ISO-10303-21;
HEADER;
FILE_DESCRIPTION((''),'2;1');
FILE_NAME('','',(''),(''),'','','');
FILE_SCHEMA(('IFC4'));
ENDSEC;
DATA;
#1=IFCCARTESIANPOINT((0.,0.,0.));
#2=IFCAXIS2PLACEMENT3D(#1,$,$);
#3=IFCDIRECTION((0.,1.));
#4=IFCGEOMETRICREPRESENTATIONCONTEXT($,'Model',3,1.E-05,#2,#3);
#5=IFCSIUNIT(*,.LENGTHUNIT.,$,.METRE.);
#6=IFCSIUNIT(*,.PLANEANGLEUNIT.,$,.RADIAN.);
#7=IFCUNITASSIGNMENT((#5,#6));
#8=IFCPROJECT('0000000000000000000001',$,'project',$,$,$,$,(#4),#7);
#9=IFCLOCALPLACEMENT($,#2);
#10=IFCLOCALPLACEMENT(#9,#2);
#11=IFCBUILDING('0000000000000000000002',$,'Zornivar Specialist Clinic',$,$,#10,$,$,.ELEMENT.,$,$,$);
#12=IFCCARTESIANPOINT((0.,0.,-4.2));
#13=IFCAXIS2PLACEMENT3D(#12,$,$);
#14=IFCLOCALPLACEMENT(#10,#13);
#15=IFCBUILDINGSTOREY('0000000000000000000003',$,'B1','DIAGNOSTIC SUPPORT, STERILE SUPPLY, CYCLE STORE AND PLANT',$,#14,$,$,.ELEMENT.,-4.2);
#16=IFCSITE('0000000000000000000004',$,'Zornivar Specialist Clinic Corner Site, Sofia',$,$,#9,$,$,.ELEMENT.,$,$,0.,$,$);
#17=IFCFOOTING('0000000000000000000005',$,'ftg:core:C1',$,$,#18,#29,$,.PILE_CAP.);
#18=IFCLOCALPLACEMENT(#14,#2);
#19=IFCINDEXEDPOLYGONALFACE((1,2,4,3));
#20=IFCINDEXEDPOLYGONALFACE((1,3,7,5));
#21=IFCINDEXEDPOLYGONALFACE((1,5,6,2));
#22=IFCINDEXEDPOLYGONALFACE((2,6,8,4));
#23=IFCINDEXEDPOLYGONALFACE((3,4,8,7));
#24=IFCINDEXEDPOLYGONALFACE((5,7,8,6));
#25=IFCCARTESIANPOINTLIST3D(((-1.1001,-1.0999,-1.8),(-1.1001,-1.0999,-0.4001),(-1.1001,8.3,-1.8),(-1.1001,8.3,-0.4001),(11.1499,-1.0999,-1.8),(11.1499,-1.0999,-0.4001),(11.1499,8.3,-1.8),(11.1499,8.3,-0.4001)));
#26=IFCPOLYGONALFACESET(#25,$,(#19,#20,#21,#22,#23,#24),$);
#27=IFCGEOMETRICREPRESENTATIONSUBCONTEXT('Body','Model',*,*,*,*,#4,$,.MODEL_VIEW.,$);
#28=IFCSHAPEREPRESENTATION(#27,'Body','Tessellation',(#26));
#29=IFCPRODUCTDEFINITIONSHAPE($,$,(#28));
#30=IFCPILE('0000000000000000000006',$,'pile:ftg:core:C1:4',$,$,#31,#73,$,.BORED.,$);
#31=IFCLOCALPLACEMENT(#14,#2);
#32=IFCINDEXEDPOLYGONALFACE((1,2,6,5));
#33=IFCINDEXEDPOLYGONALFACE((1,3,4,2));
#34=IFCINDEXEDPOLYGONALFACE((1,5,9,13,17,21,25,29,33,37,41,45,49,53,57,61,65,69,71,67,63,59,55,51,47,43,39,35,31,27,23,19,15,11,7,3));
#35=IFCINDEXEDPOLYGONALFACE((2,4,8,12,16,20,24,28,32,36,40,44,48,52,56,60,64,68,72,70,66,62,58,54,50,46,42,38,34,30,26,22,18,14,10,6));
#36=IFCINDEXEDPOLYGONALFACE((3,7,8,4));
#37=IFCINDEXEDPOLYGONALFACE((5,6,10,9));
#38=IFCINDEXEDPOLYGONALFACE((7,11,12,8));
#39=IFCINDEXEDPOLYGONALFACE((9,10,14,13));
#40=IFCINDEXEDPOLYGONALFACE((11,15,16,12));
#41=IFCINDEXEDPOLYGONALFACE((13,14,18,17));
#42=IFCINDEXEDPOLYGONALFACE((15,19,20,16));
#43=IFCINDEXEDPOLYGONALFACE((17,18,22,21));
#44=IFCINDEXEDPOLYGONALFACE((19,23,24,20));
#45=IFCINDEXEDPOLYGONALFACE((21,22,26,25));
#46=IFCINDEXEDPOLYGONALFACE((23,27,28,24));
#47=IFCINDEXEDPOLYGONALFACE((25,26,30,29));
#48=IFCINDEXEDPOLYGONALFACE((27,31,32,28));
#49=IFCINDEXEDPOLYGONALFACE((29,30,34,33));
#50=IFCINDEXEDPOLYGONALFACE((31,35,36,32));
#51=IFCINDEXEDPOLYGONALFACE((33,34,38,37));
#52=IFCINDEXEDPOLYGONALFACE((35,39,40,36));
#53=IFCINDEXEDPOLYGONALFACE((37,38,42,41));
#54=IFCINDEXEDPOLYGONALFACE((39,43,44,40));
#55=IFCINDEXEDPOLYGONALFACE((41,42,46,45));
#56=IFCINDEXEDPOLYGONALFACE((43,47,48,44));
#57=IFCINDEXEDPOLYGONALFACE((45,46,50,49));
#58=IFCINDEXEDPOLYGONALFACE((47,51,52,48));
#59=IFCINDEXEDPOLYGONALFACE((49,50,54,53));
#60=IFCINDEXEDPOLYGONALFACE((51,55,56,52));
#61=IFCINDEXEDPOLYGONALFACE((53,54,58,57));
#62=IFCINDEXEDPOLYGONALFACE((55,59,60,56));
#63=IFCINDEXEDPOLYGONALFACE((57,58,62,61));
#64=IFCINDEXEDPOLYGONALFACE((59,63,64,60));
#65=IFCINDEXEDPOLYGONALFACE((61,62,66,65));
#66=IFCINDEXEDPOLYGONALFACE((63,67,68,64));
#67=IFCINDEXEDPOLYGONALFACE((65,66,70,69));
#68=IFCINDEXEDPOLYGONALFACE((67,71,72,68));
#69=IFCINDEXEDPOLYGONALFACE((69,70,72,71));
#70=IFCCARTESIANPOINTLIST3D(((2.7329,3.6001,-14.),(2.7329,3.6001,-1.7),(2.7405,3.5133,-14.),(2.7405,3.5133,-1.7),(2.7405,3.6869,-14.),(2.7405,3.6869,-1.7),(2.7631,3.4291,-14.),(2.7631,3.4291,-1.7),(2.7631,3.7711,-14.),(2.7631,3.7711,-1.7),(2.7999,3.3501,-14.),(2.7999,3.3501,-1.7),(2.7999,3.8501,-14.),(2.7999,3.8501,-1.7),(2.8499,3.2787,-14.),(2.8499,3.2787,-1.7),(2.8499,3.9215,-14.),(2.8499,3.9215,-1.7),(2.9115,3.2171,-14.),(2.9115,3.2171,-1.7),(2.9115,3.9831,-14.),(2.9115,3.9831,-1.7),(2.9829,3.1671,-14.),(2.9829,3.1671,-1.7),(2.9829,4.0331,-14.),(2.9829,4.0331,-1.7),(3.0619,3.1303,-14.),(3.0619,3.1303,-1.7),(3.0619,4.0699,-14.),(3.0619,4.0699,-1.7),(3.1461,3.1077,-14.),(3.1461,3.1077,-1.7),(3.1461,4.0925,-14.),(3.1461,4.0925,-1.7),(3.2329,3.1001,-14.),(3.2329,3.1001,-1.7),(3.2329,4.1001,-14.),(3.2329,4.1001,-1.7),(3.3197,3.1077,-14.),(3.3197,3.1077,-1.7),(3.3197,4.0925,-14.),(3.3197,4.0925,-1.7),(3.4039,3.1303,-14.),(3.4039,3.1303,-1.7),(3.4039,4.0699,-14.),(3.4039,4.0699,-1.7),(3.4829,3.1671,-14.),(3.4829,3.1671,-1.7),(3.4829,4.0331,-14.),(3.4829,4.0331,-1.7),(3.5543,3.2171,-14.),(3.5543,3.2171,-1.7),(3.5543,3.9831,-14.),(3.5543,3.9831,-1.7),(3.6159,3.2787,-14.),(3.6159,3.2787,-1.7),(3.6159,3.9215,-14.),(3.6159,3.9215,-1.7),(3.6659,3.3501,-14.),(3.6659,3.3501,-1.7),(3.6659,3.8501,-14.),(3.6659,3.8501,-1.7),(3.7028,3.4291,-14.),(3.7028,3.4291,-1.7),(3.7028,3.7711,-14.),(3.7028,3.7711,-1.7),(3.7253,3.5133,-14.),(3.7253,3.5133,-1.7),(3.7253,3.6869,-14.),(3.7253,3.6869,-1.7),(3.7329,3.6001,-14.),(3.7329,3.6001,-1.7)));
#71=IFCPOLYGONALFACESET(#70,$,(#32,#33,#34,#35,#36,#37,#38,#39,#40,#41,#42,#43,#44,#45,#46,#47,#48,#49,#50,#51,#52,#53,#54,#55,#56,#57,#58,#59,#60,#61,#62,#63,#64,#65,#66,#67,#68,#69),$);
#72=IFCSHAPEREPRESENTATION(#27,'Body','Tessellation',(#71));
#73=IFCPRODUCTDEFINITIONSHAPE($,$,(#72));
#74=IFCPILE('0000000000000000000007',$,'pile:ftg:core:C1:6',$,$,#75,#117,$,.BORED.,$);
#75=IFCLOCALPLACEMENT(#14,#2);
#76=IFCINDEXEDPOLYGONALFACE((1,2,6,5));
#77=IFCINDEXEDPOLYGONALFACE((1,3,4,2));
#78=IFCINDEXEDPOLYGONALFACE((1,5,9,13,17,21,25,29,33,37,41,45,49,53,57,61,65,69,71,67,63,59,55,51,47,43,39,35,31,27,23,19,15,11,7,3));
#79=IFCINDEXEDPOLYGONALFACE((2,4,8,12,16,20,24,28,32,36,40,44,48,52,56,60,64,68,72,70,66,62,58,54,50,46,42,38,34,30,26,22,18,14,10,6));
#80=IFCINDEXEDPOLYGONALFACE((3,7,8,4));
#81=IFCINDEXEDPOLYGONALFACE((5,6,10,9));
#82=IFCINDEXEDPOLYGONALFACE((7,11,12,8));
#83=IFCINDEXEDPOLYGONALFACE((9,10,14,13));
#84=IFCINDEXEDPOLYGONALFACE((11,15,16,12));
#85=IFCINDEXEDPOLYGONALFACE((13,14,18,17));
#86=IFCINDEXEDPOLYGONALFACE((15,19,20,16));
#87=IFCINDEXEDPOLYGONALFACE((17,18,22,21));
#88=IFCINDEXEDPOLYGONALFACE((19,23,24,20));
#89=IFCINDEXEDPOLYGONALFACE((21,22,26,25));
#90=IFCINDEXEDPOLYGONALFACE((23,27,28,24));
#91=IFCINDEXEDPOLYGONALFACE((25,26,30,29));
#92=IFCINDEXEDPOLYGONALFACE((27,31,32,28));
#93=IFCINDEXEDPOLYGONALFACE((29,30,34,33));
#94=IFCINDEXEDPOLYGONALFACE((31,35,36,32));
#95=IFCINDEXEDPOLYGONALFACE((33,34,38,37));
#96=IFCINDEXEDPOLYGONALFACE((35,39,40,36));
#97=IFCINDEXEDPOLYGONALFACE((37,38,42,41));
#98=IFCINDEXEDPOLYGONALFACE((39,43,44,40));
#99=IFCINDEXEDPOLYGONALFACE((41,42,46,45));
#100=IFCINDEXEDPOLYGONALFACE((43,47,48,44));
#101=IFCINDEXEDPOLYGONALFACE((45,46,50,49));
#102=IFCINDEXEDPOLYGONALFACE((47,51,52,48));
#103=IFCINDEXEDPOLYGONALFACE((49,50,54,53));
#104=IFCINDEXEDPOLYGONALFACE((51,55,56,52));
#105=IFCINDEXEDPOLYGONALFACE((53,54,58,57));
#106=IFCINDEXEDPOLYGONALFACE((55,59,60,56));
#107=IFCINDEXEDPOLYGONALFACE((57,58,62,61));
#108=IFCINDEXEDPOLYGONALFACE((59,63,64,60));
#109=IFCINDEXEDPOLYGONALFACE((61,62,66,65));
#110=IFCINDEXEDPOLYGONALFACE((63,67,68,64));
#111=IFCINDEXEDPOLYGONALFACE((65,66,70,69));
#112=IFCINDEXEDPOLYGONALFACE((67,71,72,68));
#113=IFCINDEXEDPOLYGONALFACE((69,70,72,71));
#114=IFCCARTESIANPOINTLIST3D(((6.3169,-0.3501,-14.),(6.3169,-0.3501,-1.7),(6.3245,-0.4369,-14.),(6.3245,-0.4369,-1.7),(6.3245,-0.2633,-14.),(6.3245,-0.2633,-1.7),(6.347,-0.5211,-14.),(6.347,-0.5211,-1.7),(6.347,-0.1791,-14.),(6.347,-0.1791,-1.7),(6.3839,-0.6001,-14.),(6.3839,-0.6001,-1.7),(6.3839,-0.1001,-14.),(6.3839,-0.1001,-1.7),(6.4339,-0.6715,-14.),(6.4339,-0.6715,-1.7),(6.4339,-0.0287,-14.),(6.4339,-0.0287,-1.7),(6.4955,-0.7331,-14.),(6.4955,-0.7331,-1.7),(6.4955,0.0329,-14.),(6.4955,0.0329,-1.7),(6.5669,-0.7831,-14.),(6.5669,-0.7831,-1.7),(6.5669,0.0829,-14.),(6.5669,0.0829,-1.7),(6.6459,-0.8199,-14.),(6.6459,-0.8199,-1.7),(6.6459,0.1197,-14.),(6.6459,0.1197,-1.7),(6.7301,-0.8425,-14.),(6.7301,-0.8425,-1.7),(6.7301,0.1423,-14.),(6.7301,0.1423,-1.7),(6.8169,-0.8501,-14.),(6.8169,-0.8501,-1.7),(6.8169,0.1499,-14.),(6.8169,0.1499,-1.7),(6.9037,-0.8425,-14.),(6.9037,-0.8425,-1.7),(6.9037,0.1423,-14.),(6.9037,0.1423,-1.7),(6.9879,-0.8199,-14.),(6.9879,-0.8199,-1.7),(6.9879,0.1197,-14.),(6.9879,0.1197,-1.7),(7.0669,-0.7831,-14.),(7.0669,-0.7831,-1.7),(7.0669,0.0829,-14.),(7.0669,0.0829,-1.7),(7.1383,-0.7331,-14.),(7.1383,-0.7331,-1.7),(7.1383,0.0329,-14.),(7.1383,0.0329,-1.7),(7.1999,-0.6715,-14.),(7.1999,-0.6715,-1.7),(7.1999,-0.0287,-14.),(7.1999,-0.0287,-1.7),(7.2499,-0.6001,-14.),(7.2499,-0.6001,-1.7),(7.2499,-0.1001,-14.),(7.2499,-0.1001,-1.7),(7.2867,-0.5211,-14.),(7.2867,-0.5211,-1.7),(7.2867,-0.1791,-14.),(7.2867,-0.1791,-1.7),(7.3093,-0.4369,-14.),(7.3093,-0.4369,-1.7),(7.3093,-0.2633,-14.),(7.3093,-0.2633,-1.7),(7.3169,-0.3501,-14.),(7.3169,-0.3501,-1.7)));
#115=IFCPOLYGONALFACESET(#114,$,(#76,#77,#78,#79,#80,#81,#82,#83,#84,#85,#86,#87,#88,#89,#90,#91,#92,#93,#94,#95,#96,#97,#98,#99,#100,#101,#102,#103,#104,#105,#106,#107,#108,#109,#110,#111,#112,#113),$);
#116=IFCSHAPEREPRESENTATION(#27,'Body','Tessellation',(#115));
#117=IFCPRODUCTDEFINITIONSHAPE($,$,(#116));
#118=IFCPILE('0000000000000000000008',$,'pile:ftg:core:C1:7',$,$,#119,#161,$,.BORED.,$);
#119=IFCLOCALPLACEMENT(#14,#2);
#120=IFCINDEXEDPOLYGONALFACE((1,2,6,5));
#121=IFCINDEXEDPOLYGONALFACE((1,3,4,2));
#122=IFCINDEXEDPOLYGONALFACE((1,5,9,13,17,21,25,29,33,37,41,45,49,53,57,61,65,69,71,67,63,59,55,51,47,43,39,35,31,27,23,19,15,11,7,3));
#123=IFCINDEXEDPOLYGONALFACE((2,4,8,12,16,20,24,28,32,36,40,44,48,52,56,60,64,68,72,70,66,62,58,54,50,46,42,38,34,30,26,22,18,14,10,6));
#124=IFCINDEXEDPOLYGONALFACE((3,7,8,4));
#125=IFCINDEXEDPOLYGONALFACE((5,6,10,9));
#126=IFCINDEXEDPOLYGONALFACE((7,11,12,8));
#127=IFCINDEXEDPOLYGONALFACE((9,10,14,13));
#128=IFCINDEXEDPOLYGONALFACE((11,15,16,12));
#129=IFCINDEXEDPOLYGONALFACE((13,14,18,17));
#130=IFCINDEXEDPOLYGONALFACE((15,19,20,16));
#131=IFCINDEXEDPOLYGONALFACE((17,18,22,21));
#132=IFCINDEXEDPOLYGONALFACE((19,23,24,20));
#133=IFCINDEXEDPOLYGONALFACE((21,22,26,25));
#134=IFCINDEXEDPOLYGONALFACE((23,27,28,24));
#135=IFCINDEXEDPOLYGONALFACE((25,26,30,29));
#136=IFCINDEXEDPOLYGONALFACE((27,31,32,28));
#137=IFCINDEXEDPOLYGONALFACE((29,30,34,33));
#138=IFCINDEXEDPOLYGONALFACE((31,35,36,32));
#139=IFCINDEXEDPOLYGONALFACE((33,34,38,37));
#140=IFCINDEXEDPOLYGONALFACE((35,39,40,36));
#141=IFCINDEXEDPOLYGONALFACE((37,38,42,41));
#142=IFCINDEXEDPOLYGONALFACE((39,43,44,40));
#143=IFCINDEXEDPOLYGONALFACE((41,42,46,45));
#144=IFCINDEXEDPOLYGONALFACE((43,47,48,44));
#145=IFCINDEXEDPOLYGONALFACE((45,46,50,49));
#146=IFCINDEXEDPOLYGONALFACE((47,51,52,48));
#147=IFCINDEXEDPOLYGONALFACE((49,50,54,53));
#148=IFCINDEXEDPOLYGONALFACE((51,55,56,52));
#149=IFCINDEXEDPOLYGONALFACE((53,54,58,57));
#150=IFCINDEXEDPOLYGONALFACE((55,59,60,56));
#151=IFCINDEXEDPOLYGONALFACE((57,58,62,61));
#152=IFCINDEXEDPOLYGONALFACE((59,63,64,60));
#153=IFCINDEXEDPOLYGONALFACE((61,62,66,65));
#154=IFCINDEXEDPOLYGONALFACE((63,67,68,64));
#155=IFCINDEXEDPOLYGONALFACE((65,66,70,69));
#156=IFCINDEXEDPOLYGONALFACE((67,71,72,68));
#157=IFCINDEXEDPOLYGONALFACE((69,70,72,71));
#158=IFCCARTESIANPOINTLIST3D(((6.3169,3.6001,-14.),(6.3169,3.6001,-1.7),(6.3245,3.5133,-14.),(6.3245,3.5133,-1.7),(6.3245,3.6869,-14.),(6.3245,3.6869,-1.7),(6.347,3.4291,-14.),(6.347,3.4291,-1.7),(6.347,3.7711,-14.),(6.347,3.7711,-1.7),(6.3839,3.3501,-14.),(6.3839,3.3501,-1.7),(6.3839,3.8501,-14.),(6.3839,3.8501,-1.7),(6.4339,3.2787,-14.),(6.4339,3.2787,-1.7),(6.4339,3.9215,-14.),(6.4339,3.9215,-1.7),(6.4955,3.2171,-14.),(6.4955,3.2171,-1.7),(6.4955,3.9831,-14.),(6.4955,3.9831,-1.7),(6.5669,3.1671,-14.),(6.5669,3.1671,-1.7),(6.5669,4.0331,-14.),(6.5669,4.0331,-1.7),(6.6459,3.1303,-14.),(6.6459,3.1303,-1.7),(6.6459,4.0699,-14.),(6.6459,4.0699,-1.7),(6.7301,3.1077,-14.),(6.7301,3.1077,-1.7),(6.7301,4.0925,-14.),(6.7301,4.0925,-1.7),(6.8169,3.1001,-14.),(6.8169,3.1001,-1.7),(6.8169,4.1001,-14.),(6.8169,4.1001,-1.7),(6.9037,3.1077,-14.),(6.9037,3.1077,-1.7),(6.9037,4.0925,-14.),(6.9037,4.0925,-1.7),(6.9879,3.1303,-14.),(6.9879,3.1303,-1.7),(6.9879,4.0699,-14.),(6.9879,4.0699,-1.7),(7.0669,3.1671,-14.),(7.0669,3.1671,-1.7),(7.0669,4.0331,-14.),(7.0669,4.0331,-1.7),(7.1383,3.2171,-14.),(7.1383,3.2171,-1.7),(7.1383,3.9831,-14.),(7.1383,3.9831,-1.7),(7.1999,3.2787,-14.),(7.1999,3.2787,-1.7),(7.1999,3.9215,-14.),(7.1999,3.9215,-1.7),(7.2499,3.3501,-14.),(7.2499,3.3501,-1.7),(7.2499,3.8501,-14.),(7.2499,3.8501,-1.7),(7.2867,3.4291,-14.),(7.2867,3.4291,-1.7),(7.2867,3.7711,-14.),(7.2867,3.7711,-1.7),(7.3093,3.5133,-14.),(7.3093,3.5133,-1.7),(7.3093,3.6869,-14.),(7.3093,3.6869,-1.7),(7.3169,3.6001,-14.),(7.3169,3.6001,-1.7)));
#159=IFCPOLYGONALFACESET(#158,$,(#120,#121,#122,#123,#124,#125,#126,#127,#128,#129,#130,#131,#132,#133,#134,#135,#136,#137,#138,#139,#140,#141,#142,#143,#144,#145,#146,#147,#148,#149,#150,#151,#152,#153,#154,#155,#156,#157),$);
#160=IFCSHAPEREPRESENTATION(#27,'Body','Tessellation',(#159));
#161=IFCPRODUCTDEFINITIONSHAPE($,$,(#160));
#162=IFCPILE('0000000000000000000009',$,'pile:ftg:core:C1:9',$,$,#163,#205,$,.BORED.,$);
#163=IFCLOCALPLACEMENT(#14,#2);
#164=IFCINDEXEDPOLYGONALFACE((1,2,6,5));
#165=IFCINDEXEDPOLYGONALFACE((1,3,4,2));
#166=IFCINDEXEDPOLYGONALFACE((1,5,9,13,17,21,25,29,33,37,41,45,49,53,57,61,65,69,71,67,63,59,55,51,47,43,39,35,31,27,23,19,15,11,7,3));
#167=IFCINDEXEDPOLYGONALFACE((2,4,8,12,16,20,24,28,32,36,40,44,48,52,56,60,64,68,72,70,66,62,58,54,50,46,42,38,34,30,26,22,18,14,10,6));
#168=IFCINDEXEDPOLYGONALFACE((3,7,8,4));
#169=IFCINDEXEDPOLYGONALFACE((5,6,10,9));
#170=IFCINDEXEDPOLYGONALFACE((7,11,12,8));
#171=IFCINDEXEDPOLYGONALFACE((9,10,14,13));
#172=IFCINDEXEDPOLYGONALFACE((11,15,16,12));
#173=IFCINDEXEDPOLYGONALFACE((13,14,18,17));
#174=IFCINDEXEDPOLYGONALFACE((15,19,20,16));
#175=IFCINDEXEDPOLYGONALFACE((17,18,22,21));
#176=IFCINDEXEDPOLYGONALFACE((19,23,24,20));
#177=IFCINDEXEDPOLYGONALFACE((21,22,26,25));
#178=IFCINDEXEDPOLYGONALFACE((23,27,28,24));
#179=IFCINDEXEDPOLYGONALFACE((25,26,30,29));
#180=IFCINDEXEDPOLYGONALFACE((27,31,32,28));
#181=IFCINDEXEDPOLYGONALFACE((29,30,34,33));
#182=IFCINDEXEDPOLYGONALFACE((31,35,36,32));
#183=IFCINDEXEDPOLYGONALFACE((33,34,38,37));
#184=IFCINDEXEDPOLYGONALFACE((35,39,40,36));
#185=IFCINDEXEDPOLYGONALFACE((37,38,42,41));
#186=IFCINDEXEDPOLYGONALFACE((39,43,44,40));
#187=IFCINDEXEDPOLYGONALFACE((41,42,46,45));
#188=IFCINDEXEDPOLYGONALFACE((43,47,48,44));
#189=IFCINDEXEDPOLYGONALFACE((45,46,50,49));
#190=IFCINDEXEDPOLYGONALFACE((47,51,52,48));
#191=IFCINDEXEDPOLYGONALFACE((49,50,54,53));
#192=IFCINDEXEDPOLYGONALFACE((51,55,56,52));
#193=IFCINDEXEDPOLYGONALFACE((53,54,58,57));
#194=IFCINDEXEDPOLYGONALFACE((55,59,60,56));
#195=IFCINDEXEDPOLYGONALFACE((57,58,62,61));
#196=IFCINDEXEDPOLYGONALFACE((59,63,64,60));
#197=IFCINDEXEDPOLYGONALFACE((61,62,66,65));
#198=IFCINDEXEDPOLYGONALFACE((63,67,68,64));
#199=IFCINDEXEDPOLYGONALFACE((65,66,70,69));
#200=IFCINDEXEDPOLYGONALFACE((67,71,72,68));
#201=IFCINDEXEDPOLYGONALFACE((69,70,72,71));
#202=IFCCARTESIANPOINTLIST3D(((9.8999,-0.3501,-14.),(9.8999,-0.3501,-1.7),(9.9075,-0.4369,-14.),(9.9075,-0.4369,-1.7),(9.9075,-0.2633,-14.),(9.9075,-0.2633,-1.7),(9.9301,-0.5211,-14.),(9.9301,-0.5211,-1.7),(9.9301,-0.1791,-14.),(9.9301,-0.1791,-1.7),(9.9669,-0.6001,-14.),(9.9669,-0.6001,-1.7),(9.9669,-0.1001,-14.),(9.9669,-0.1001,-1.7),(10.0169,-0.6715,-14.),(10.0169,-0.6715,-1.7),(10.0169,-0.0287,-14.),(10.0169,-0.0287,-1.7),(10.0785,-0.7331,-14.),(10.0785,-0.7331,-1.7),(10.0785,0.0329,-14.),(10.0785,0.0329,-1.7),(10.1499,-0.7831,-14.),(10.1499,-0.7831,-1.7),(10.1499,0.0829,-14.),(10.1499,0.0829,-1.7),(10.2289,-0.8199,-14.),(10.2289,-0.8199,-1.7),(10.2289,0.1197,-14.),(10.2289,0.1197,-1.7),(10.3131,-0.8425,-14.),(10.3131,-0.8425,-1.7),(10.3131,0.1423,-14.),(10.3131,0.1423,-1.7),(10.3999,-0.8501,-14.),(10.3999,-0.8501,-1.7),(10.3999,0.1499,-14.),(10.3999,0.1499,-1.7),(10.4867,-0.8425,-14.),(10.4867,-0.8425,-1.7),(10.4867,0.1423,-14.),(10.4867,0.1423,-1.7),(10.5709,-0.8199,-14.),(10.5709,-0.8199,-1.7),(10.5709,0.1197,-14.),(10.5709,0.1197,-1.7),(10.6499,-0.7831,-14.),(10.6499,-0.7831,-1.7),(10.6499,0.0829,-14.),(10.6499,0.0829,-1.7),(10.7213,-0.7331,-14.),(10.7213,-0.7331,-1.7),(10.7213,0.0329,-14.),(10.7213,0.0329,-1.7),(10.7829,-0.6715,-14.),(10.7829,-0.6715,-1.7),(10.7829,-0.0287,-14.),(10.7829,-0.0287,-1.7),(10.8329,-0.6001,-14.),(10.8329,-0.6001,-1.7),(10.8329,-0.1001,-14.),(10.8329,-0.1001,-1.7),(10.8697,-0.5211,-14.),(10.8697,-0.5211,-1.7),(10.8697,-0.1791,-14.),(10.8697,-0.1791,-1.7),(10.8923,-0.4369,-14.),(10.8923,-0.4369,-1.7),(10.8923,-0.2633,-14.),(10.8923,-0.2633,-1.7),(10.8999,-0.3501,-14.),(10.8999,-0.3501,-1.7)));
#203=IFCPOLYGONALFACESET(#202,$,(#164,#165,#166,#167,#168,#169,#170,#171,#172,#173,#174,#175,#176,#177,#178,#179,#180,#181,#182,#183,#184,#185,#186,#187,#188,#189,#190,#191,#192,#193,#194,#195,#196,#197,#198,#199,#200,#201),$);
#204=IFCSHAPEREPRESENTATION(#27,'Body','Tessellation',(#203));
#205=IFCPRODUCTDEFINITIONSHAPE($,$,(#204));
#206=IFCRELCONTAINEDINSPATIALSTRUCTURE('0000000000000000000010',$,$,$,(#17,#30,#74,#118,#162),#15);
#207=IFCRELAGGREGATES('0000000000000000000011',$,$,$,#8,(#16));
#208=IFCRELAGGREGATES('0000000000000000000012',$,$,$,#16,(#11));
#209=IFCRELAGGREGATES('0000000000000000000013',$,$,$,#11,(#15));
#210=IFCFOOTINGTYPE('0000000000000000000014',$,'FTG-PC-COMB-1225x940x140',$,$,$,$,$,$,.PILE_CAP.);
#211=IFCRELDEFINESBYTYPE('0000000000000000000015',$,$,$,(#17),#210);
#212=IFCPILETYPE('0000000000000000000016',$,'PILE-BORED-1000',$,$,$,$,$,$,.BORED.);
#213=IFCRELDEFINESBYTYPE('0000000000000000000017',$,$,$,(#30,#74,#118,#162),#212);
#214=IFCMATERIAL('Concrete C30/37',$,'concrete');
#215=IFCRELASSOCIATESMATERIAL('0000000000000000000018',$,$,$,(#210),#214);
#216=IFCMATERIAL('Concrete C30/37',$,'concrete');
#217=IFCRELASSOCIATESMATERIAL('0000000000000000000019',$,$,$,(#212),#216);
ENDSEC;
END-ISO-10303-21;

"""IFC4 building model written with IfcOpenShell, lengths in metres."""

from ifc_helpers import new_model, si_unit, direction, frame, origin, origin_2d, place, context, subcontext, project, spatial, rectangle, circle, extrude, material, material_profile, profile_set, type_object, element, save


model = new_model("IFC4")

# Units and contexts
model_context = context("Model", 3, precision=1e-05, world=origin(), true_north=direction((0.0, 1.0)))
body_context = subcontext(model_context, "Body", "Model", "MODEL_VIEW")
ifc_project = project(units=[si_unit("LENGTHUNIT", "METRE"), si_unit("PLANEANGLEUNIT", "RADIAN")], contexts=[model_context])

# Site, building, storey
site_placement = place(None, origin())
site = spatial("IfcSite", under=ifc_project, at=site_placement, Name="Zornivar Specialist Clinic Corner Site, Sofia", CompositionType="ELEMENT", RefElevation=0.0)
building_placement = place(site_placement, origin())
building = spatial("IfcBuilding", under=site, at=building_placement, Name="Zornivar Specialist Clinic", CompositionType="ELEMENT")
storey_placement = place(building_placement, frame((0.0, 0.0, -4.2)))
storey = spatial("IfcBuildingStorey", under=building, at=storey_placement, Name="B1", Description="DIAGNOSTIC SUPPORT, STERILE SUPPLY, CYCLE STORE AND PLANT", CompositionType="ELEMENT", Elevation=-4.2)

# Footing
ifc_material_1 = material(Name="Concrete C30/37", Category="concrete")
footing_type = type_object("IfcFootingType", Name="FTG-PC-COMB-1225x940x140", PredefinedType="PILE_CAP", material=ifc_material_1)
footing_placement = place(storey_placement, frame((5.0249, 3.6001, -1.8), z_axis=(0.0, 0.0, 1.0), x_axis=(1.0, 0.0, 0.0)))
element("IfcFooting", 1, at=footing_placement, inside=storey, type_object=footing_type, Name="ftg:core:C1", PredefinedType="PILE_CAP", context=body_context, shape_type="SweptSolid", body=[
    extrude(rectangle(XDim=12.25, YDim=9.3999, at=origin_2d()), origin(), (0.0, 0.0, 1.0), 1.3999),
])

# Piles
ifc_material_2 = material(Name="Concrete C30/37", Category="concrete")
ifc_material_profile_1 = material_profile(ifc_material_2, circle(Radius=0.5, at=origin_2d()), Name="PILE D1000")
ifc_profile_set_1 = profile_set([ifc_material_profile_1], Name="Concrete C30/37")
pile_type = type_object("IfcPileType", Name="PILE-BORED-1000", PredefinedType="BORED", material=ifc_profile_set_1)
for number, where, z_axis, x_axis, name in (
    (2, (3.2329, 3.6001, -1.7), (0.0, 0.0, -1.0), (1.0, 0.0, 0.0), "pile:ftg:core:C1:4"),
    (3, (6.8169, -0.3501, -1.7), (0.0, 0.0, -1.0), (1.0, 0.0, 0.0), "pile:ftg:core:C1:6"),
    (4, (6.8169, 3.6001, -1.7), (0.0, 0.0, -1.0), (1.0, 0.0, 0.0), "pile:ftg:core:C1:7"),
    (5, (10.3999, -0.3501, -1.7), (0.0, 0.0, -1.0), (1.0, 0.0, 0.0), "pile:ftg:core:C1:9"),
):
    element("IfcPile", number, at=place(storey_placement, frame(where, z_axis=z_axis, x_axis=x_axis)), inside=storey, type_object=pile_type, Name=name, PredefinedType="BORED", context=body_context, shape_type="SweptSolid", body=[
        extrude(circle(Radius=0.5, at=origin_2d()), origin(), (0.0, 0.0, 1.0), 12.3),
    ])

save(model, "model.ifc")
